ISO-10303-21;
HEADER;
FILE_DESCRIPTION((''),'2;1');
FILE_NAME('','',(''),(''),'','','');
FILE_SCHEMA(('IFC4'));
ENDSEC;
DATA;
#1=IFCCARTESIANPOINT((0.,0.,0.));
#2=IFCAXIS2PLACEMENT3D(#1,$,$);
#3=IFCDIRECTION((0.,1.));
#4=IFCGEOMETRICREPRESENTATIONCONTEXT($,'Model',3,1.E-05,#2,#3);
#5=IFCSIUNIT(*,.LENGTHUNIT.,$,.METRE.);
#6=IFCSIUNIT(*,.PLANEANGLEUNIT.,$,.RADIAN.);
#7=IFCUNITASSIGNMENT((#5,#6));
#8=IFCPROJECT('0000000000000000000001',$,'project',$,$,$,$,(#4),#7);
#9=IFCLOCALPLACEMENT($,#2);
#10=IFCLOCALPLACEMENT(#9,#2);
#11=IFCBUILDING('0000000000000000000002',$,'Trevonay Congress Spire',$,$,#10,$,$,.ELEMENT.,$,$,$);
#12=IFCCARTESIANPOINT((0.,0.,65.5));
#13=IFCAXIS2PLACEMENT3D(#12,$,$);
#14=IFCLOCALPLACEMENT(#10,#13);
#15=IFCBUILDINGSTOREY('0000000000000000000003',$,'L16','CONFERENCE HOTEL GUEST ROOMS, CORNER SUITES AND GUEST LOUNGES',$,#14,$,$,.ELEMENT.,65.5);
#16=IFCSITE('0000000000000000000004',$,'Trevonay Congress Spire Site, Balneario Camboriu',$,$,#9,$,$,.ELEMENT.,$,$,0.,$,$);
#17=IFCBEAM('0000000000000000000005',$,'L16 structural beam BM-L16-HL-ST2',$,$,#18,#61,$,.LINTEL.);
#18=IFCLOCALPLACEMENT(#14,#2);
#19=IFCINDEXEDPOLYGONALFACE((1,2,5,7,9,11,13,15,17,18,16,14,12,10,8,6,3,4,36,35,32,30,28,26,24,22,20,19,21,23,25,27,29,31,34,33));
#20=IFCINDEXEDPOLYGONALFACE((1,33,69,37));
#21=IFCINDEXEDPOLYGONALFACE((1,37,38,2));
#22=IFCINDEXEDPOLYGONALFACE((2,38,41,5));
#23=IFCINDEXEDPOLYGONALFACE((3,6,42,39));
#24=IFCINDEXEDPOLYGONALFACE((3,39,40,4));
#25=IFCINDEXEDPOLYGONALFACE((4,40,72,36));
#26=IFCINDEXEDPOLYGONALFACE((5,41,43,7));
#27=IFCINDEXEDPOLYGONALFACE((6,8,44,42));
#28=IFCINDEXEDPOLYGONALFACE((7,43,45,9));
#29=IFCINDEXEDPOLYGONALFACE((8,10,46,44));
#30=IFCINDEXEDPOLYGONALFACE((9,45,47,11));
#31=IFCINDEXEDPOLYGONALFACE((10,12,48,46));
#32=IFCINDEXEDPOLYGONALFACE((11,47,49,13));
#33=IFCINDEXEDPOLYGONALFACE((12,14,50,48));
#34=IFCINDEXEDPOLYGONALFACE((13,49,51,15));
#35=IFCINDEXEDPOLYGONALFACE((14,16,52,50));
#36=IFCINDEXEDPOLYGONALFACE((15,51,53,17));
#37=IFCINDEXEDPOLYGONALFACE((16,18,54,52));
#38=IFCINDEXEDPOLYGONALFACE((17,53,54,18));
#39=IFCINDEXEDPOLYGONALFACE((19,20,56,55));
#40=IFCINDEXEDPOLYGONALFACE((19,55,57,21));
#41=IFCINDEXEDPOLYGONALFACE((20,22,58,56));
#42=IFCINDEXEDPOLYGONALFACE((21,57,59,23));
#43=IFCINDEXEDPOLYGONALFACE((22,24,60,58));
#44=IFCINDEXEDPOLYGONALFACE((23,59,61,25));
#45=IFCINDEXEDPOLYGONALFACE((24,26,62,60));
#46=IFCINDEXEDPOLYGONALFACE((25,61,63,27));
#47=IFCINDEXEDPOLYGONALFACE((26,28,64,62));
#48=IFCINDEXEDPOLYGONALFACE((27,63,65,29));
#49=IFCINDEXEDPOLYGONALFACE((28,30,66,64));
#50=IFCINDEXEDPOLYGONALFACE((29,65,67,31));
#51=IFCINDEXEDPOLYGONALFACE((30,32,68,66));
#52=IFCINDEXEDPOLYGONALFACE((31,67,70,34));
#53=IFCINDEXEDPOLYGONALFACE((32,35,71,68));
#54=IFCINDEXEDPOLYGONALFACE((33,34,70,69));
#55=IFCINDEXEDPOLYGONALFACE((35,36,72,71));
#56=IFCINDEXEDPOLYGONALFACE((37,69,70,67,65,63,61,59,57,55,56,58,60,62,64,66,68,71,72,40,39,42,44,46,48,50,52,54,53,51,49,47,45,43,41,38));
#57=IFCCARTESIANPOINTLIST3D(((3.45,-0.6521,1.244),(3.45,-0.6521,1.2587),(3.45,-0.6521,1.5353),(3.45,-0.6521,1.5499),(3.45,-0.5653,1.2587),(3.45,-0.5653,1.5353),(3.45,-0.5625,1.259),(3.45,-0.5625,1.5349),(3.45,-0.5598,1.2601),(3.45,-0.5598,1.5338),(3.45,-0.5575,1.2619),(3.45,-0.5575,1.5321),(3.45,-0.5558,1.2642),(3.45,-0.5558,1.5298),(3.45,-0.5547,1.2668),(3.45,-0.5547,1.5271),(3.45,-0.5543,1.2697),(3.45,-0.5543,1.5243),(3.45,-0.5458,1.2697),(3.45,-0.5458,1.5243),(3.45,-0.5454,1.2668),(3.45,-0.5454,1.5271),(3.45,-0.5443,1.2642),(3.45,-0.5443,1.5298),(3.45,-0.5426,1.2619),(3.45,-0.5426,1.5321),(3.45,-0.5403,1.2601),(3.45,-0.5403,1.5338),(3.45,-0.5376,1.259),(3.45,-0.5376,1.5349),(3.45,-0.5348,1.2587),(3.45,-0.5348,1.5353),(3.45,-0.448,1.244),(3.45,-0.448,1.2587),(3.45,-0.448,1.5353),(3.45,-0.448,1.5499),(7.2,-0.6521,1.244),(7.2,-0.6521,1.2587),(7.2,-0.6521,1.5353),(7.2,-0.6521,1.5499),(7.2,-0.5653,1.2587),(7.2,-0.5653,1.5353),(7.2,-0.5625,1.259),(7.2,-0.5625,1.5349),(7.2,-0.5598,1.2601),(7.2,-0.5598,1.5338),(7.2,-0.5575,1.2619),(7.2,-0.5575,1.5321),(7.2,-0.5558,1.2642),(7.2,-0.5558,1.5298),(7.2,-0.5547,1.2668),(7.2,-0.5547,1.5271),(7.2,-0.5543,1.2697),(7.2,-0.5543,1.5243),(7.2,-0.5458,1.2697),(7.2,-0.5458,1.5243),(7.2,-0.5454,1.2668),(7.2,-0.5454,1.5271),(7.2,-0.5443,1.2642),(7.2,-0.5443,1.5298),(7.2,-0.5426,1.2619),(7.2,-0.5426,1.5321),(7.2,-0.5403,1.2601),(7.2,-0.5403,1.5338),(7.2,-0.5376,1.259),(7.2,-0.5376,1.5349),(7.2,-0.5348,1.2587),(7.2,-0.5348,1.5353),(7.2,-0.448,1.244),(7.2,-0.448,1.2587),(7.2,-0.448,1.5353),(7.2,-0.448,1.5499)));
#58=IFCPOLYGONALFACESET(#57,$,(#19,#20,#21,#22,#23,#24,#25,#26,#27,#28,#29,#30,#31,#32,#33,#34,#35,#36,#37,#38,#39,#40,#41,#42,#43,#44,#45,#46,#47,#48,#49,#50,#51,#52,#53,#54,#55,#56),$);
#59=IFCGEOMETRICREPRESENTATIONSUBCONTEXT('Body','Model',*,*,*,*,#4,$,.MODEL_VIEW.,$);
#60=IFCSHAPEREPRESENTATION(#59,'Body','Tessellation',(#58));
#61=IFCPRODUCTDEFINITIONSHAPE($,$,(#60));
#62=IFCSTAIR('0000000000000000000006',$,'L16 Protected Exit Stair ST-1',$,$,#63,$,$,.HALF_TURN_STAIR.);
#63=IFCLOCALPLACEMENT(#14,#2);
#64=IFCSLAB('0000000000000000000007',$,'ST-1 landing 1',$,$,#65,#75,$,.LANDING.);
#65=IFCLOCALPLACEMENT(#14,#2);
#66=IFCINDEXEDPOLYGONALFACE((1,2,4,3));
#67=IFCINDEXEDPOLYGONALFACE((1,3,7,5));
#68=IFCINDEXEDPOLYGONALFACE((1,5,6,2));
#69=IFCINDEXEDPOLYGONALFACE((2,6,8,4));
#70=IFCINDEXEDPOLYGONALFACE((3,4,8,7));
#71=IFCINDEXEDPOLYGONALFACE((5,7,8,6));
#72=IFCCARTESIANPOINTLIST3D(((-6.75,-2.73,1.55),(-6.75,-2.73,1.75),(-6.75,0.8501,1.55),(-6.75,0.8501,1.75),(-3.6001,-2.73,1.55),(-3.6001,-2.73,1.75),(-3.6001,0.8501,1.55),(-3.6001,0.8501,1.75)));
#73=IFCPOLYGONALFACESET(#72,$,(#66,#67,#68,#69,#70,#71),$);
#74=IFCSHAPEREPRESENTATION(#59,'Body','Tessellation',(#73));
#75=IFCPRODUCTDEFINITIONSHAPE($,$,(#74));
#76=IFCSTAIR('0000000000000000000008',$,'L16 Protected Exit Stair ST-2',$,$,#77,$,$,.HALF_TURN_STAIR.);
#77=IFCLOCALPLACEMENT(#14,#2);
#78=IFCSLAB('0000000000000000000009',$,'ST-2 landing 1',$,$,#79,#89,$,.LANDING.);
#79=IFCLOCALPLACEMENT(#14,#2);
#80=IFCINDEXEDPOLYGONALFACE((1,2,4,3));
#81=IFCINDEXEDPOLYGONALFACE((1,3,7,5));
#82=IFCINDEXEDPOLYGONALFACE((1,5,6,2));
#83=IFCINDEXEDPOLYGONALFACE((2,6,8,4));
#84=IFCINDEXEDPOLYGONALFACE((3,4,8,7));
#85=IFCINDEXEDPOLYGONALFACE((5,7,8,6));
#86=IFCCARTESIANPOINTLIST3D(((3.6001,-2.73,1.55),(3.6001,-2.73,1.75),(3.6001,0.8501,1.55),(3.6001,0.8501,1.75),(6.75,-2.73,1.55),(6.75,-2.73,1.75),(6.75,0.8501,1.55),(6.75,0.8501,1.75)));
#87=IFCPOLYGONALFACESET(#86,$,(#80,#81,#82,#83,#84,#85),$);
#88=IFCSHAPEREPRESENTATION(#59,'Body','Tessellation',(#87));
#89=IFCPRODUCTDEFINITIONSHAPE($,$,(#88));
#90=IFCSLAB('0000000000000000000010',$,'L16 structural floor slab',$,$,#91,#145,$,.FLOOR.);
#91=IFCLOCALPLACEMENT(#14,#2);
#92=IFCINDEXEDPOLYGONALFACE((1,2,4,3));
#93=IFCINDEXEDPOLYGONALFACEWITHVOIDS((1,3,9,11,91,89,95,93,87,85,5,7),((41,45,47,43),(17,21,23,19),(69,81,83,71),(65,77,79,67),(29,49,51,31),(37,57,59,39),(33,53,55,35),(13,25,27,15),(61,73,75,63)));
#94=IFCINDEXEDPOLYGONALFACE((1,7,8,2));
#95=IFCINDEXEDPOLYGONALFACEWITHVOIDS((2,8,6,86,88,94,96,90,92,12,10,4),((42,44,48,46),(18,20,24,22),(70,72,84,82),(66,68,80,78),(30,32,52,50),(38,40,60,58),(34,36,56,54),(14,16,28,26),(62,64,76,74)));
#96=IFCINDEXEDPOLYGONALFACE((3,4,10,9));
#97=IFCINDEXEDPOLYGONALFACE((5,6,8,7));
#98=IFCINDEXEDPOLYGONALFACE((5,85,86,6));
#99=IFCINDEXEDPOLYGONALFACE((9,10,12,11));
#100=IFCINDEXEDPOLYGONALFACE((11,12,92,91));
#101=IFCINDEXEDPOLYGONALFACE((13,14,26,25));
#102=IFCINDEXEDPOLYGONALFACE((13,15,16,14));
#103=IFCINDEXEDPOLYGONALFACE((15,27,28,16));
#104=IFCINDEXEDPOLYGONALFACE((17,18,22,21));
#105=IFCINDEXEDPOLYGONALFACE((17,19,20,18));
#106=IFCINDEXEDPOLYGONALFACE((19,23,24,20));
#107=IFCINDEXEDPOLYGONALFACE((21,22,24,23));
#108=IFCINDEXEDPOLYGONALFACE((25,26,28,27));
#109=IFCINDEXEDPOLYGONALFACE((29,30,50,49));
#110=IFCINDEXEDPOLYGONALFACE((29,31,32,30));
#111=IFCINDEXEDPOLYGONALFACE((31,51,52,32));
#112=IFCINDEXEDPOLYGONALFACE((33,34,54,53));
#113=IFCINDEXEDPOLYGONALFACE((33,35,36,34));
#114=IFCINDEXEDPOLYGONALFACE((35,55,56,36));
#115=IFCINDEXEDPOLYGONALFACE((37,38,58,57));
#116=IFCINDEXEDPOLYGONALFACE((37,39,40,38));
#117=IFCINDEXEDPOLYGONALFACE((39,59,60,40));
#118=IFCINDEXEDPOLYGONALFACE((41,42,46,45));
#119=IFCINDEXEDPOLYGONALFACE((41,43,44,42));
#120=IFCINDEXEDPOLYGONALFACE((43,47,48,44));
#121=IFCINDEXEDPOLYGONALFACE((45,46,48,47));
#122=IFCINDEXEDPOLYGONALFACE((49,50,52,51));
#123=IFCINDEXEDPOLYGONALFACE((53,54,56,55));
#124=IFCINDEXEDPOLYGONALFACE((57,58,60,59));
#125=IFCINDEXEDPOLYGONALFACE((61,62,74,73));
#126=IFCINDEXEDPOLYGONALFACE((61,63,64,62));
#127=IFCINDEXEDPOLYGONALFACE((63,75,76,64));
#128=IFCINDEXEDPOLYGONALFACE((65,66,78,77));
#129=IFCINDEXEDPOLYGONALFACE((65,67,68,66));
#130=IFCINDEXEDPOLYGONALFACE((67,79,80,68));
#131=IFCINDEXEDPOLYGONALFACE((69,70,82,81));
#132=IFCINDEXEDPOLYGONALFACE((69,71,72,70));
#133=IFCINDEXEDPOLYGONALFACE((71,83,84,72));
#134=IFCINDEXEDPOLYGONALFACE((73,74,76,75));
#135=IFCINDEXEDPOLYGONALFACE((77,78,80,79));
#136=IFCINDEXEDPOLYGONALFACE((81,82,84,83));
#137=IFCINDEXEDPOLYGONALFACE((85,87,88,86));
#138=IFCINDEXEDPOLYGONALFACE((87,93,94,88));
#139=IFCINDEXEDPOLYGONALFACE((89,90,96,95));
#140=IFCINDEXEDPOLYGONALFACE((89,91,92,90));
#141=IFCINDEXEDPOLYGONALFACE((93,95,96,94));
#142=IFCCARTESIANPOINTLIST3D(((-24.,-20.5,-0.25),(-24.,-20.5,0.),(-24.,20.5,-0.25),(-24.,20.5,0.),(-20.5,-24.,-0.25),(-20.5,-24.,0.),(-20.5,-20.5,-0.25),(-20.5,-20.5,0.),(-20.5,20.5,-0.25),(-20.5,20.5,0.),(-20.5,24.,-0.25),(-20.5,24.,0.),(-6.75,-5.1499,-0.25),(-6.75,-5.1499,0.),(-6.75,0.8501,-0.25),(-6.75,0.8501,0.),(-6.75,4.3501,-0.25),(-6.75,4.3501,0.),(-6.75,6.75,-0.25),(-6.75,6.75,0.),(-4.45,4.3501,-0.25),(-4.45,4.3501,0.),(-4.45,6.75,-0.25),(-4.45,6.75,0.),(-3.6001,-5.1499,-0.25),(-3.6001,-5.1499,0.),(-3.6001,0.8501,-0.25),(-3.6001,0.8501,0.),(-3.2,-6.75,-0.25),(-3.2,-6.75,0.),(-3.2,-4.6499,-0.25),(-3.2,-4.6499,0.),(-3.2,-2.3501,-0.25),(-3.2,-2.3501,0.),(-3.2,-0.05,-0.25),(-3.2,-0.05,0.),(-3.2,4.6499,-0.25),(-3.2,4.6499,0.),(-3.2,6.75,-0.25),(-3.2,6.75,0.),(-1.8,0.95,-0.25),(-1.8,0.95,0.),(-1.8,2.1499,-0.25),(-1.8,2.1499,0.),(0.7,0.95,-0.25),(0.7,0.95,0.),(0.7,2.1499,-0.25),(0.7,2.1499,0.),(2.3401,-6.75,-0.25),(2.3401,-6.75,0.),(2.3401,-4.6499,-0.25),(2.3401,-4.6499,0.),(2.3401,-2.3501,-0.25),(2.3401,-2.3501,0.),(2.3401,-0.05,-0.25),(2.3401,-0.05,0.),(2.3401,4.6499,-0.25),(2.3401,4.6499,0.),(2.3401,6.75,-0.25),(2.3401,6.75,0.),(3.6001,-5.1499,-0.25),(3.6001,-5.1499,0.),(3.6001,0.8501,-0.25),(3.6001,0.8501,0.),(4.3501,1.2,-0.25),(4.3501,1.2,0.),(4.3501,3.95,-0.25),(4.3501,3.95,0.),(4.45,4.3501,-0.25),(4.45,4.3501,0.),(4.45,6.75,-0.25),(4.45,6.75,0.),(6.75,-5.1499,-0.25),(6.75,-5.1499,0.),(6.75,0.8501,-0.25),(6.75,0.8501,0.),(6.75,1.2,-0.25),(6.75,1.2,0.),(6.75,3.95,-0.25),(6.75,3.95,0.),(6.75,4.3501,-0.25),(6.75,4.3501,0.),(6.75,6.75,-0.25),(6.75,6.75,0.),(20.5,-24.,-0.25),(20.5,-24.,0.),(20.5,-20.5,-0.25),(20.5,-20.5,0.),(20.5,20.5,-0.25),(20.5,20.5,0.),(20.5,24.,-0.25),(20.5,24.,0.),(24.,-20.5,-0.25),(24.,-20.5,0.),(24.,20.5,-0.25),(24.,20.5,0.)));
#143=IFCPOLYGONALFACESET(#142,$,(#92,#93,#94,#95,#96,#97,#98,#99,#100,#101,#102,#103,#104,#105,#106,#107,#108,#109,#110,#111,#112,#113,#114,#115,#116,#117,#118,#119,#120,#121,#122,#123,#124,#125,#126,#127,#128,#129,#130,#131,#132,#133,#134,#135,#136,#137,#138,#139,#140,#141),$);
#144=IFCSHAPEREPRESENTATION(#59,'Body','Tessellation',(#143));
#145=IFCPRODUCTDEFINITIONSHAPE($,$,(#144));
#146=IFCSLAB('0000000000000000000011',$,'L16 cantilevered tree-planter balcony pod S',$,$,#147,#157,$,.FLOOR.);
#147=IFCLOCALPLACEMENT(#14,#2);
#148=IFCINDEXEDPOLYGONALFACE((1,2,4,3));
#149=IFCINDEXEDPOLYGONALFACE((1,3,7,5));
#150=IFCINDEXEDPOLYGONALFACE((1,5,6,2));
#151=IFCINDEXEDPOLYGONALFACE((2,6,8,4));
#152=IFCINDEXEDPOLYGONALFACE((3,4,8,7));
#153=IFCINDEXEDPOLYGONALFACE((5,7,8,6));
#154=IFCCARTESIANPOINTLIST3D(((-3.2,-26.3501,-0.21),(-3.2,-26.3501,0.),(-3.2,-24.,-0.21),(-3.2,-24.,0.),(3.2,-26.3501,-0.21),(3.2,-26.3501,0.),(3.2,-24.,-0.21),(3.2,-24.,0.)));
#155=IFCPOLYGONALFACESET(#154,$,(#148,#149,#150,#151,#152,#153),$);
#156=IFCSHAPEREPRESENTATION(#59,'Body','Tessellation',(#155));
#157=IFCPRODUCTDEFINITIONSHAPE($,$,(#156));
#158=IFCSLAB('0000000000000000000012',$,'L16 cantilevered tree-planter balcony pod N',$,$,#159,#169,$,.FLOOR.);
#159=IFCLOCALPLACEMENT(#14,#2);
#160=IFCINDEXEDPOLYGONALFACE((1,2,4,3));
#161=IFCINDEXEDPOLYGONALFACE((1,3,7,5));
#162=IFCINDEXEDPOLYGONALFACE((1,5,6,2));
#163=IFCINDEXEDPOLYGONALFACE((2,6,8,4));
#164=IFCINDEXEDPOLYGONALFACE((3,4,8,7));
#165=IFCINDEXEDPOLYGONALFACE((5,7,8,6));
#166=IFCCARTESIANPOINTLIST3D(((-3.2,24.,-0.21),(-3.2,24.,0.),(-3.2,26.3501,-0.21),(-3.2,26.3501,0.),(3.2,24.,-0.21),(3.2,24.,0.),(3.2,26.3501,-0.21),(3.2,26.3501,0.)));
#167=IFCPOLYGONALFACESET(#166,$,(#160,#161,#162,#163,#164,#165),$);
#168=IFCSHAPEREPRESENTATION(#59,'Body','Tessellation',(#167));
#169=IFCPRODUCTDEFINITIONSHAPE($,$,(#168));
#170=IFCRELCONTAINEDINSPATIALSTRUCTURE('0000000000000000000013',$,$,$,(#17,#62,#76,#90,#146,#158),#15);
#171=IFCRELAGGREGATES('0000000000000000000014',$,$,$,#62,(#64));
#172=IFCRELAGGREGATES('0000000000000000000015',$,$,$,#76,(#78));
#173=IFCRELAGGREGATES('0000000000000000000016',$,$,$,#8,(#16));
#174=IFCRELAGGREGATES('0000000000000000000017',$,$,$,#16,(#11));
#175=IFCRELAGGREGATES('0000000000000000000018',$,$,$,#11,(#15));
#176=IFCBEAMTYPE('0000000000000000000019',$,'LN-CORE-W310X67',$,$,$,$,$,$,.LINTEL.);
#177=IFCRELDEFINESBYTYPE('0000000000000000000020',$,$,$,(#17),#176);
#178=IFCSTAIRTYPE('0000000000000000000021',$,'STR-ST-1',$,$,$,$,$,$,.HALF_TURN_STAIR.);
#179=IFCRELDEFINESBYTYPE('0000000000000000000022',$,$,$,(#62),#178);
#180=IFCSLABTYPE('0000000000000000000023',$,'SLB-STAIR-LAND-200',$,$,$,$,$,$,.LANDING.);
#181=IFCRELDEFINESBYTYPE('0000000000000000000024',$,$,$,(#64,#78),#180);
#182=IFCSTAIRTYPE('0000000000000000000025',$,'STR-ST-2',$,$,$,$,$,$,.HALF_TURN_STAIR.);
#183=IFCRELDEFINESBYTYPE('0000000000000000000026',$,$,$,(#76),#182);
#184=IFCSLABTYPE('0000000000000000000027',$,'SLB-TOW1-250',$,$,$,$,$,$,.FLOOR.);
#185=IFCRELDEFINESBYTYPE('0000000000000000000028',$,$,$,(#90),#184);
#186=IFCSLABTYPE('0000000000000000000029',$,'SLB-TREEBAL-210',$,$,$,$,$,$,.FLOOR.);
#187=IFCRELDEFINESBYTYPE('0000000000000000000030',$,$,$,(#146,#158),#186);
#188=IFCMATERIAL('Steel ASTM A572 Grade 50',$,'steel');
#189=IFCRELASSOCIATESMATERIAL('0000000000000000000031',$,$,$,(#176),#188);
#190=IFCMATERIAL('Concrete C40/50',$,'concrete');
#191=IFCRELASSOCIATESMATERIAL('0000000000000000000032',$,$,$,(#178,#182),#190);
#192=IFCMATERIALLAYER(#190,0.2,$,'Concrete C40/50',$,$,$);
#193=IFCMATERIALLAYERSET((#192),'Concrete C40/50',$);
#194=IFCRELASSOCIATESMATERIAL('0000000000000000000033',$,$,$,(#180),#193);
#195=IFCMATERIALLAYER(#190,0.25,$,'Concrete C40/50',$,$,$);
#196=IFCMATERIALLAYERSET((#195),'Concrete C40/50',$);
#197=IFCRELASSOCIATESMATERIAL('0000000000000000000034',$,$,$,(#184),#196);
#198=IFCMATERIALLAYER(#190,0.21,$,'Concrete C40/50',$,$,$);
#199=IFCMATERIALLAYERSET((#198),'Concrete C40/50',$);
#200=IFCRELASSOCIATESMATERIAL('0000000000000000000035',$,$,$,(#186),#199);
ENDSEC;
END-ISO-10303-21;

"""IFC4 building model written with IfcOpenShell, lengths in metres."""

from ifc_helpers import new_model, si_unit, direction, frame, origin, origin_2d, place, context, subcontext, project, spatial, polyline, i_section, outline, extrude, material, layer, layer_set, material_profile, profile_set, type_object, element, aggregate, save


model = new_model("IFC4")

# Units and contexts
model_context = context("Model", 3, precision=1e-05, world=origin(), true_north=direction((0.0, 1.0)))
body_context = subcontext(model_context, "Body", "Model", "MODEL_VIEW")
ifc_project = project(units=[si_unit("LENGTHUNIT", "METRE"), si_unit("PLANEANGLEUNIT", "RADIAN")], contexts=[model_context])

# Site, building, storey
site_placement = place(None, origin())
site = spatial("IfcSite", under=ifc_project, at=site_placement, Name="Trevonay Congress Spire Site, Balneario Camboriu", CompositionType="ELEMENT", RefElevation=0.0)
building_placement = place(site_placement, origin())
building = spatial("IfcBuilding", under=site, at=building_placement, Name="Trevonay Congress Spire", CompositionType="ELEMENT")
storey_placement = place(building_placement, frame((0.0, 0.0, 65.5)))
storey = spatial("IfcBuildingStorey", under=building, at=storey_placement, Name="L16", Description="CONFERENCE HOTEL GUEST ROOMS, CORNER SUITES AND GUEST LOUNGES", CompositionType="ELEMENT", Elevation=65.5)

# Shared definitions
ifc_material_1 = material(Name="Steel ASTM A572 Grade 50", Category="steel")

# Beam
ifc_material_profile_1 = material_profile(ifc_material_1, i_section(OverallWidth=0.2041, OverallDepth=0.3059, WebThickness=0.0085, FlangeThickness=0.0146, FilletRadius=0.011, at=origin_2d()), Name="W310x67")
ifc_profile_set_1 = profile_set([ifc_material_profile_1], Name="Steel ASTM A572 Grade 50")
beam_type_1 = type_object("IfcBeamType", Name="LN-CORE-W310X67", PredefinedType="LINTEL", material=ifc_profile_set_1)
beam_1_placement = place(storey_placement, frame((3.45, -0.55, 1.397), z_axis=(1.0, 0.0, 0.0), x_axis=(0.0, 1.0, 0.0)))
element("IfcBeam", 1, at=beam_1_placement, inside=storey, type_object=beam_type_1, Name="L16 structural beam BM-L16-HL-ST2", PredefinedType="LINTEL", context=body_context, shape_type="SweptSolid", body=[
    extrude(i_section(OverallWidth=0.2041, OverallDepth=0.3059, WebThickness=0.0085, FlangeThickness=0.0146, FilletRadius=0.011, at=origin_2d()), origin(), (0.0, 0.0, 1.0), 3.75),
])

# Stairs, slabs
ifc_material_2 = material(Name="Concrete C40/50", Category="concrete")
stair_type_1 = type_object("IfcStairType", Name="STR-ST-1", PredefinedType="HALF_TURN_STAIR", material=ifc_material_2)
stair_1_placement = place(storey_placement, origin())
stair_1 = element("IfcStair", 2, at=stair_1_placement, inside=storey, type_object=stair_type_1, Name="L16 Protected Exit Stair ST-1", PredefinedType="HALF_TURN_STAIR")
ifc_layer_1 = layer(ifc_material_2, 0.2, Name="Concrete C40/50")
ifc_layer_set_1 = layer_set([ifc_layer_1], Name="Concrete C40/50")
slab_type_1 = type_object("IfcSlabType", Name="SLB-STAIR-LAND-200", PredefinedType="LANDING", material=ifc_layer_set_1)
slab_1_placement = place(storey_placement, frame((0.0, 0.0, 1.55)))
slab_1 = element("IfcSlab", 3, at=slab_1_placement, type_object=slab_type_1, Name="ST-1 landing 1", PredefinedType="LANDING", context=body_context, shape_type="SweptSolid", body=[
    extrude(outline(polyline([(-3.6001, -2.73), (-3.6001, 0.8501), (-6.75, 0.8501), (-6.75, -2.73), (-3.6001, -2.73)])), origin(), (0.0, 0.0, 1.0), 0.2),
])
aggregate(stair_1, [slab_1])
stair_type_2 = type_object("IfcStairType", Name="STR-ST-2", PredefinedType="HALF_TURN_STAIR", material=ifc_material_2)
stair_2_placement = place(storey_placement, origin())
stair_2 = element("IfcStair", 4, at=stair_2_placement, inside=storey, type_object=stair_type_2, Name="L16 Protected Exit Stair ST-2", PredefinedType="HALF_TURN_STAIR")
slab_2_placement = place(storey_placement, frame((0.0, 0.0, 1.55)))
slab_2 = element("IfcSlab", 5, at=slab_2_placement, type_object=slab_type_1, Name="ST-2 landing 1", PredefinedType="LANDING", context=body_context, shape_type="SweptSolid", body=[
    extrude(outline(polyline([(6.75, -2.73), (6.75, 0.8501), (3.6001, 0.8501), (3.6001, -2.73), (6.75, -2.73)])), origin(), (0.0, 0.0, 1.0), 0.2),
])

# Slabs
ifc_layer_2 = layer(ifc_material_2, 0.25, Name="Concrete C40/50")
ifc_layer_set_2 = layer_set([ifc_layer_2], Name="Concrete C40/50")
slab_type_2 = type_object("IfcSlabType", Name="SLB-TOW1-250", PredefinedType="FLOOR", material=ifc_layer_set_2)
slab_3_placement = place(storey_placement, frame((0.0, 0.0, -0.25)))
element("IfcSlab", 6, at=slab_3_placement, inside=storey, type_object=slab_type_2, Name="L16 structural floor slab", PredefinedType="FLOOR", context=body_context, shape_type="SweptSolid", body=[
    extrude(outline(polyline([(-20.5, -24.0), (20.5, -24.0), (20.5, -20.5), (24.0, -20.5), (24.0, 20.5), (20.5, 20.5), (20.5, 24.0), (-20.5, 24.0), (-20.5, 20.5), (-24.0, 20.5), (-24.0, -20.5), (-20.5, -20.5), (-20.5, -24.0)]), holes=[polyline([(-3.6001, -5.1499), (-3.6001, 0.8501), (-6.75, 0.8501), (-6.75, -5.1499), (-3.6001, -5.1499)]), polyline([(6.75, -5.1499), (6.75, 0.8501), (3.6001, 0.8501), (3.6001, -5.1499), (6.75, -5.1499)]), polyline([(-3.2, -6.75), (2.3401, -6.75), (2.3401, -4.6499), (-3.2, -4.6499), (-3.2, -6.75)]), polyline([(-3.2, -2.3501), (2.3401, -2.3501), (2.3401, -0.05), (-3.2, -0.05), (-3.2, -2.3501)]), polyline([(-3.2, 4.6499), (2.3401, 4.6499), (2.3401, 6.75), (-3.2, 6.75), (-3.2, 4.6499)]), polyline([(-6.75, 4.3501), (-4.45, 4.3501), (-4.45, 6.75), (-6.75, 6.75), (-6.75, 4.3501)]), polyline([(4.45, 4.3501), (6.75, 4.3501), (6.75, 6.75), (4.45, 6.75), (4.45, 4.3501)]), polyline([(4.3501, 1.2), (6.75, 1.2), (6.75, 3.95), (4.3501, 3.95), (4.3501, 1.2)]), polyline([(-1.8, 0.95), (0.7, 0.95), (0.7, 2.1499), (-1.8, 2.1499), (-1.8, 0.95)])]), origin(), (0.0, 0.0, 1.0), 0.25),
])
ifc_layer_3 = layer(ifc_material_2, 0.21, Name="Concrete C40/50")
ifc_layer_set_3 = layer_set([ifc_layer_3], Name="Concrete C40/50")
slab_type_3 = type_object("IfcSlabType", Name="SLB-TREEBAL-210", PredefinedType="FLOOR", material=ifc_layer_set_3)
slab_4_placement = place(storey_placement, frame((0.0, 0.0, -0.21)))
element("IfcSlab", 7, at=slab_4_placement, inside=storey, type_object=slab_type_3, Name="L16 cantilevered tree-planter balcony pod S", PredefinedType="FLOOR", context=body_context, shape_type="SweptSolid", body=[
    extrude(outline(polyline([(-3.2, -26.3501), (3.2, -26.3501), (3.2, -24.0), (-3.2, -24.0), (-3.2, -26.3501)])), origin(), (0.0, 0.0, 1.0), 0.21),
])
slab_5_placement = place(storey_placement, frame((0.0, 0.0, -0.21)))
element("IfcSlab", 8, at=slab_5_placement, inside=storey, type_object=slab_type_3, Name="L16 cantilevered tree-planter balcony pod N", PredefinedType="FLOOR", context=body_context, shape_type="SweptSolid", body=[
    extrude(outline(polyline([(-3.2, 24.0), (3.2, 24.0), (3.2, 26.3501), (-3.2, 26.3501), (-3.2, 24.0)])), origin(), (0.0, 0.0, 1.0), 0.21),
])

aggregate(stair_2, [slab_2])

save(model, "model.ifc")
